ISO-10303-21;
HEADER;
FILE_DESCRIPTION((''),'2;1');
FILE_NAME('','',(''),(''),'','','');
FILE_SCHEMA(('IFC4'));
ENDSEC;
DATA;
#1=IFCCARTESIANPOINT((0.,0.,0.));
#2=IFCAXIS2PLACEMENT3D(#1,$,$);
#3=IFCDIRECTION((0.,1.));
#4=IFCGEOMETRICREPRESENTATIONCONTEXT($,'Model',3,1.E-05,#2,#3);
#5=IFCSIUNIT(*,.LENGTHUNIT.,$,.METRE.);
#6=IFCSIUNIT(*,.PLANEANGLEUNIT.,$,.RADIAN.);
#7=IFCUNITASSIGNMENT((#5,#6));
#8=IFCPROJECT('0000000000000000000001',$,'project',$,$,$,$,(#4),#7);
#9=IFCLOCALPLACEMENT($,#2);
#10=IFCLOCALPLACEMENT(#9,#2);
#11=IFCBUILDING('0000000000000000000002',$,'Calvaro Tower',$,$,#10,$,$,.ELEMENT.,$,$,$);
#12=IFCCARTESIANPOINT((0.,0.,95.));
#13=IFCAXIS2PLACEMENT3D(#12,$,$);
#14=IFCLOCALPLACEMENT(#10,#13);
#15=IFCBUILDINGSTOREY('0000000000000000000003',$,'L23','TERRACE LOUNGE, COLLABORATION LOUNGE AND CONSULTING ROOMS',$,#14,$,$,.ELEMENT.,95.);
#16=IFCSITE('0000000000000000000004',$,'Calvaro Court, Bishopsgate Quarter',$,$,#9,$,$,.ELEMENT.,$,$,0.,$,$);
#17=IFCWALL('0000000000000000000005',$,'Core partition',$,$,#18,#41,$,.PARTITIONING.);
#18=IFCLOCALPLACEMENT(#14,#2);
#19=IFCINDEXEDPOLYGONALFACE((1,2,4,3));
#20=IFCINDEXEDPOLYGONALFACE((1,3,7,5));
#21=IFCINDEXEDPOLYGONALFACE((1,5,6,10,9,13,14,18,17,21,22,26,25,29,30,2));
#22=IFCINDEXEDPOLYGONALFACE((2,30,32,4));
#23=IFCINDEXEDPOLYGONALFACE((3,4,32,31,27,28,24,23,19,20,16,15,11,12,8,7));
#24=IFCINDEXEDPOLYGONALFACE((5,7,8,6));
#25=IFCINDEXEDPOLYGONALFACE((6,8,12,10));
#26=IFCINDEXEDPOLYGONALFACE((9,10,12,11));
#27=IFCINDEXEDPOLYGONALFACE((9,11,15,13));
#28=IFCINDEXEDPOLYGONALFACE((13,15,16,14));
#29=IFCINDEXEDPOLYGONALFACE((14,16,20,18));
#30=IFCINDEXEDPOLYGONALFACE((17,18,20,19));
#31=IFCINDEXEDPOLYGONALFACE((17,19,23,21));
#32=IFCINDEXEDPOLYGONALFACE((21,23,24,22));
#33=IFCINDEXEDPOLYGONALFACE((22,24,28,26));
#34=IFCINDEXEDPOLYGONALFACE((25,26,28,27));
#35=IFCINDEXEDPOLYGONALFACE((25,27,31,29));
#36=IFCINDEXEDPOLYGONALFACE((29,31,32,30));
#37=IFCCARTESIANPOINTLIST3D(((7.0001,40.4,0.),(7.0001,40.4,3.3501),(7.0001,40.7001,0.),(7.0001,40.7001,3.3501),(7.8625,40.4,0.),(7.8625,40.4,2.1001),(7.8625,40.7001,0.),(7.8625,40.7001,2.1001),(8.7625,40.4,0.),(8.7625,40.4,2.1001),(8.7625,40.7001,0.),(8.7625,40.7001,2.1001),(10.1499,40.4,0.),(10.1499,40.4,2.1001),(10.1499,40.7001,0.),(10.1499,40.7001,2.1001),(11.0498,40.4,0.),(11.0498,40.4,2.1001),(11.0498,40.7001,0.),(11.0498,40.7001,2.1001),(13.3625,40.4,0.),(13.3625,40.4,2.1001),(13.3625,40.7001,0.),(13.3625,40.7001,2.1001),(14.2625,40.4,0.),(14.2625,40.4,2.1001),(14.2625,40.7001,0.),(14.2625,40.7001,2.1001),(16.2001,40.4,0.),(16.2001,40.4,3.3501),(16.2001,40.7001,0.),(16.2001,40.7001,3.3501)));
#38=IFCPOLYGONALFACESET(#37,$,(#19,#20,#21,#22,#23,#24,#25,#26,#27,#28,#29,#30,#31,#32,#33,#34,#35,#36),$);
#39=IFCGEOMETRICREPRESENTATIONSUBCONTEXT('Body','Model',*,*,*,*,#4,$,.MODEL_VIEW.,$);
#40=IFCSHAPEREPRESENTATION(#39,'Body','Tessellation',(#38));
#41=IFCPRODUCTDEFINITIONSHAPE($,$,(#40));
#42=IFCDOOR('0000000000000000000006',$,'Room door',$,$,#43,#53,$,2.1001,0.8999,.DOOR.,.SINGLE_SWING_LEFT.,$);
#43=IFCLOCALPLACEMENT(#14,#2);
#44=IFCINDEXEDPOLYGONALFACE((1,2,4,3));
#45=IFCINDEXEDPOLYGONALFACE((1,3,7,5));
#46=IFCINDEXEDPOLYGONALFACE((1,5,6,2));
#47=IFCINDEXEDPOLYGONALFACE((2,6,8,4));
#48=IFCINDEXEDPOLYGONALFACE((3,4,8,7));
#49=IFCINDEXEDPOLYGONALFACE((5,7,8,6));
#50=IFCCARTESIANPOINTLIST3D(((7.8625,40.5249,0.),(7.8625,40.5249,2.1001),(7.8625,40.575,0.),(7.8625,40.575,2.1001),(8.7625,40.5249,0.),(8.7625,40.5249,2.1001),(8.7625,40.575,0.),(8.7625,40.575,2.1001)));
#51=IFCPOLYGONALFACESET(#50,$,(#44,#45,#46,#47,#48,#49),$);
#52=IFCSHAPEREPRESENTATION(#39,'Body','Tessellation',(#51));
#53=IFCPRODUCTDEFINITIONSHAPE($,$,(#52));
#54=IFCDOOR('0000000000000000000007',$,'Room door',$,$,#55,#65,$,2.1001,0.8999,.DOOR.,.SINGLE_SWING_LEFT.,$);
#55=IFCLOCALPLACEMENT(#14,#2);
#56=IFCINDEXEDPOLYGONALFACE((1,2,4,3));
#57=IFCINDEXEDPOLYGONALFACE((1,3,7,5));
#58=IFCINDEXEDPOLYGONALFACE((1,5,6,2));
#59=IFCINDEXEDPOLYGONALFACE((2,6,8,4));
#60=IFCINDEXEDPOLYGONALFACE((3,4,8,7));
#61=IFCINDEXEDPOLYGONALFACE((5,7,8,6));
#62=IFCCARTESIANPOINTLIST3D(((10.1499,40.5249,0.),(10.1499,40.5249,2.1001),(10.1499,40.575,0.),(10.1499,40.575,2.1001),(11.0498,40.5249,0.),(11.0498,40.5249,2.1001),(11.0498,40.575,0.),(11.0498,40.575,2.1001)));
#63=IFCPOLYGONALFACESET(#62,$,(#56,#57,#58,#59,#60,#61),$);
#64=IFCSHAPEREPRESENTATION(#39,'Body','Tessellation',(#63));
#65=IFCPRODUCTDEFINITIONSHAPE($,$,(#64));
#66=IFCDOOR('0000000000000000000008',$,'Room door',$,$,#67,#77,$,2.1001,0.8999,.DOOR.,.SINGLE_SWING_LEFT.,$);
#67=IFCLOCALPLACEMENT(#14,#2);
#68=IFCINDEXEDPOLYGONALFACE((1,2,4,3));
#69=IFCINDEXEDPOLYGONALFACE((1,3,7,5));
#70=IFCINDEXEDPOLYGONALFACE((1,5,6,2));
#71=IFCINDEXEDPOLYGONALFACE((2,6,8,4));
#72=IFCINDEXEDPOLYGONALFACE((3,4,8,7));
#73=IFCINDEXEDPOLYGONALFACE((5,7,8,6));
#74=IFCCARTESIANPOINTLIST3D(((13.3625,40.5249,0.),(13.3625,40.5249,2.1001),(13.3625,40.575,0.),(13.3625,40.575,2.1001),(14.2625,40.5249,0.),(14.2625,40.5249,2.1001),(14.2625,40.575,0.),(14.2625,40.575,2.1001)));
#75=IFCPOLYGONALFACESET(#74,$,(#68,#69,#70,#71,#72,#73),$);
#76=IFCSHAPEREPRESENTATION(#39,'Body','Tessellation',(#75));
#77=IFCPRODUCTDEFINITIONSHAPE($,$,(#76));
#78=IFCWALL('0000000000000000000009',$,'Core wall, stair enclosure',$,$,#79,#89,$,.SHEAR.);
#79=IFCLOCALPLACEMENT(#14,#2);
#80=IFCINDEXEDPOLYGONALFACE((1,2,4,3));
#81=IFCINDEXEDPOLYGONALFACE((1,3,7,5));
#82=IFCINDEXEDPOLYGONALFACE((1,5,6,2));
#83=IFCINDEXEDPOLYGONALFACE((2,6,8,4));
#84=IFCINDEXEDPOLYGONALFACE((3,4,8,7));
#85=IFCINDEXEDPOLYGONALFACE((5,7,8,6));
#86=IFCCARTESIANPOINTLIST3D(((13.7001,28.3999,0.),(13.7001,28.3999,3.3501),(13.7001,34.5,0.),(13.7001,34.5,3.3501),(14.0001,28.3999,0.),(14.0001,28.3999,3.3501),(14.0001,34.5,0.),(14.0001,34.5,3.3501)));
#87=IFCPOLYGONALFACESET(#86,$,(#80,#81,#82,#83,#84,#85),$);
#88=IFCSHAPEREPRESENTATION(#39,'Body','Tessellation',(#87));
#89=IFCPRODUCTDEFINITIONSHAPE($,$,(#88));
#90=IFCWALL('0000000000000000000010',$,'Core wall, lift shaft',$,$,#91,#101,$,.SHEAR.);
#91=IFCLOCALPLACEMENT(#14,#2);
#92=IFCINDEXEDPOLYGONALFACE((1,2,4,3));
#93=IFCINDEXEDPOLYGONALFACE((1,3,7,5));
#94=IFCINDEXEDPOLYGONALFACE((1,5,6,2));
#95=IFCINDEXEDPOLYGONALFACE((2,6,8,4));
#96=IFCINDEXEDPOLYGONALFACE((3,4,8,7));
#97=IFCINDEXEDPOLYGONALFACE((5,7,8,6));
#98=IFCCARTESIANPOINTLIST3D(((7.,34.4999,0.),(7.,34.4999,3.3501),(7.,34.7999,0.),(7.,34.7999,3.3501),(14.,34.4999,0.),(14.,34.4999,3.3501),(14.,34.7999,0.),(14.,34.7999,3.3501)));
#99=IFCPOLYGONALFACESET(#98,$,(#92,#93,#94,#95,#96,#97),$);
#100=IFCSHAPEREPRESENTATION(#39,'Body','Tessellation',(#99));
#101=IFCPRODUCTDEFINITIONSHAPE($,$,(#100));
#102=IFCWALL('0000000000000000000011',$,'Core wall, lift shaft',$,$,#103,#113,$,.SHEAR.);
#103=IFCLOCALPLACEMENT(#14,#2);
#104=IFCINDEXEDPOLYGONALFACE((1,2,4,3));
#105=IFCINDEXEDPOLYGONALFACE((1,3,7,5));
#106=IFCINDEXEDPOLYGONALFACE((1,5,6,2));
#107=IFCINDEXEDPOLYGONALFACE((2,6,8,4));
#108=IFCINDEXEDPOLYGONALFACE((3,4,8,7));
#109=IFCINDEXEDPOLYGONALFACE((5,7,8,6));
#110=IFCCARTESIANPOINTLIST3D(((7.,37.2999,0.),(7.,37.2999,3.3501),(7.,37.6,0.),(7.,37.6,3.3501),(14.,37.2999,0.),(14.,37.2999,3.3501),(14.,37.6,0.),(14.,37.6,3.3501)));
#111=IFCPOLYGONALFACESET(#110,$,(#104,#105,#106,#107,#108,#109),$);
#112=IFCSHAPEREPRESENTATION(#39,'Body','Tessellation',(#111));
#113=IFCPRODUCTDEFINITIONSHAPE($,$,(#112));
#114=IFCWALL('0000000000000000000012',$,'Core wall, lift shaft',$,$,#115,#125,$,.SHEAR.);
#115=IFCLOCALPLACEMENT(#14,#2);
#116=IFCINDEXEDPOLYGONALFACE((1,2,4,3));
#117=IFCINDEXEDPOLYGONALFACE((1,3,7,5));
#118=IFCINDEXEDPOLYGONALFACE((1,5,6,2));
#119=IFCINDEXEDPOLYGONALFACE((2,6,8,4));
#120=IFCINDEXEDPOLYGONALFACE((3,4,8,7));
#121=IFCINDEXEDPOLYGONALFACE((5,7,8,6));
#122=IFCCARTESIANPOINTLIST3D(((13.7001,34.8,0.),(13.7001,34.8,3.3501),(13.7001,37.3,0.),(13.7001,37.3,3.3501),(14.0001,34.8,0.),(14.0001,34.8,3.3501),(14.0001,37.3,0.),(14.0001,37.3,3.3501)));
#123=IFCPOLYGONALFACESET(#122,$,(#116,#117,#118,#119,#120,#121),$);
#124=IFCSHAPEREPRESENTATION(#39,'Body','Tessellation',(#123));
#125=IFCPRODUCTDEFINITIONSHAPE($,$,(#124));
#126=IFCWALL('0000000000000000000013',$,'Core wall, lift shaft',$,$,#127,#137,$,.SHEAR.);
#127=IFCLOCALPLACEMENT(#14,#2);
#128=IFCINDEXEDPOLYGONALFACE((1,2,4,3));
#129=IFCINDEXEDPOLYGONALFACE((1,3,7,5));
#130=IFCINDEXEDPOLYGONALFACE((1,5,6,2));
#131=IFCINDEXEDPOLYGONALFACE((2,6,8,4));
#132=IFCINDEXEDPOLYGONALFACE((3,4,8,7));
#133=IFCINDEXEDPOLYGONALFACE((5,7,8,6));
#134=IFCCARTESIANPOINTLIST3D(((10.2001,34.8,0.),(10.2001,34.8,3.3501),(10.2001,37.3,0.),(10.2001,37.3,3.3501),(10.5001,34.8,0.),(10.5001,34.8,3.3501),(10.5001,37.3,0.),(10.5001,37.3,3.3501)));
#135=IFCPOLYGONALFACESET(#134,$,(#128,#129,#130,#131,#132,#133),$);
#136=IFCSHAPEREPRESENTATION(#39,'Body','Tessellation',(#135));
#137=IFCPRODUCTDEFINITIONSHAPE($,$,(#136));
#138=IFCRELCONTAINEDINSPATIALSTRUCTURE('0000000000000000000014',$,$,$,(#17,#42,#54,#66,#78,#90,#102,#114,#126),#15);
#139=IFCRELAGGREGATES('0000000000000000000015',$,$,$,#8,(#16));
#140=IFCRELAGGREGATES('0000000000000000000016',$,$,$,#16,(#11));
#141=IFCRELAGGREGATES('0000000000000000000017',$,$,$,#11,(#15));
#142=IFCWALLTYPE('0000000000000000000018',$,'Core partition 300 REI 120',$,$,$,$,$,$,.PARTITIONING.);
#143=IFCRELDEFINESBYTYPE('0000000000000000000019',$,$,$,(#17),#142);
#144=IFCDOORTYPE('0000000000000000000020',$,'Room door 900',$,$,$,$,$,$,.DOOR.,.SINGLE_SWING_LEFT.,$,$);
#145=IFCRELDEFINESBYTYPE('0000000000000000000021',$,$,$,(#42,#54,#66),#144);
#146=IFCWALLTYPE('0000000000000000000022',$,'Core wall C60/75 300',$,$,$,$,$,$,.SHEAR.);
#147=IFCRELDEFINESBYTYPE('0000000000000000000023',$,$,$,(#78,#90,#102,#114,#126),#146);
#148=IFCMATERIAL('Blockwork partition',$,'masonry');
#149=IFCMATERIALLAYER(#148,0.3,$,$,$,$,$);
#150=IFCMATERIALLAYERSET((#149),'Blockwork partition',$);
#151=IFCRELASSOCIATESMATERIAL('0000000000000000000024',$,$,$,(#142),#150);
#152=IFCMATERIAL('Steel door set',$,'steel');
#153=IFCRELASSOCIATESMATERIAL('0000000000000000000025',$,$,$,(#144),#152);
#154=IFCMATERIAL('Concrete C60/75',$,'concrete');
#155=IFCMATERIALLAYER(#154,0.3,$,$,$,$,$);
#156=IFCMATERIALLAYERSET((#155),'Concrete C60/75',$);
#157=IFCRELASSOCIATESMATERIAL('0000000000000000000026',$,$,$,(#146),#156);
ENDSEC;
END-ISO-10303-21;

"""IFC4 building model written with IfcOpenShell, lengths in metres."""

from ifc_helpers import new_model, si_unit, direction, frame, frame_2d, origin, place, context, subcontext, project, spatial, rectangle, extrude, material, layer, layer_set, type_object, element, fill, save


model = new_model("IFC4")

# Units and contexts
model_context = context("Model", 3, precision=1e-05, world=origin(), true_north=direction((0.0, 1.0)))
body_context = subcontext(model_context, "Body", "Model", "MODEL_VIEW")
ifc_project = project(units=[si_unit("LENGTHUNIT", "METRE"), si_unit("PLANEANGLEUNIT", "RADIAN")], contexts=[model_context])

# Site, building, storey
site_placement = place(None, origin())
site = spatial("IfcSite", under=ifc_project, at=site_placement, Name="Calvaro Court, Bishopsgate Quarter", CompositionType="ELEMENT", RefElevation=0.0)
building_placement = place(site_placement, origin())
building = spatial("IfcBuilding", under=site, at=building_placement, Name="Calvaro Tower", CompositionType="ELEMENT")
storey_placement = place(building_placement, frame((0.0, 0.0, 95.0)))
storey = spatial("IfcBuildingStorey", under=building, at=storey_placement, Name="L23", Description="TERRACE LOUNGE, COLLABORATION LOUNGE AND CONSULTING ROOMS", CompositionType="ELEMENT", Elevation=95.0)

# Wall, openings, doors
ifc_material_1 = material(Name="Blockwork partition", Category="masonry")
ifc_layer_1 = layer(ifc_material_1, 0.3)
ifc_layer_set_1 = layer_set([ifc_layer_1], Name="Blockwork partition")
wall_type_1 = type_object("IfcWallType", Name="Core partition 300 REI 120", PredefinedType="PARTITIONING", material=ifc_layer_set_1)
wall_1_placement = place(storey_placement, frame((7.0, 40.55, 0.0), z_axis=(0.0, 0.0, 1.0), x_axis=(1.0, 0.0, 0.0)))
wall_1 = element("IfcWall", 1, at=wall_1_placement, inside=storey, type_object=wall_type_1, Name="Core partition", PredefinedType="PARTITIONING", context=body_context, shape_type="SweptSolid", body=[
    extrude(rectangle(XDim=9.2, YDim=0.3, at=frame_2d((4.6001, 0.0))), origin(), (0.0, 0.0, 1.0), 3.3501),
])
opening_1_placement = place(wall_1_placement, frame((0.8625, 0.0, 0.0)))
opening_1 = element("IfcOpeningElement", 2, at=opening_1_placement, cuts=wall_1, PredefinedType="OPENING", context=body_context, shape_type="SweptSolid", body=[
    extrude(rectangle(XDim=0.8999, YDim=2.1001, at=frame_2d((0.45, 1.05))), frame((0.0, 0.1599, 0.0), z_axis=(0.0, -1.0, 0.0), x_axis=(1.0, 0.0, 0.0)), (0.0, 0.0, 1.0), 0.3201),
])
opening_2_placement = place(wall_1_placement, frame((3.1499, 0.0, 0.0)))
opening_2 = element("IfcOpeningElement", 3, at=opening_2_placement, cuts=wall_1, PredefinedType="OPENING", context=body_context, shape_type="SweptSolid", body=[
    extrude(rectangle(XDim=0.8999, YDim=2.1001, at=frame_2d((0.45, 1.05))), frame((0.0, 0.1599, 0.0), z_axis=(0.0, -1.0, 0.0), x_axis=(1.0, 0.0, 0.0)), (0.0, 0.0, 1.0), 0.3201),
])
opening_3_placement = place(wall_1_placement, frame((6.3625, 0.0, 0.0)))
opening_3 = element("IfcOpeningElement", 4, at=opening_3_placement, cuts=wall_1, PredefinedType="OPENING", context=body_context, shape_type="SweptSolid", body=[
    extrude(rectangle(XDim=0.8999, YDim=2.1001, at=frame_2d((0.45, 1.05))), frame((0.0, 0.1599, 0.0), z_axis=(0.0, -1.0, 0.0), x_axis=(1.0, 0.0, 0.0)), (0.0, 0.0, 1.0), 0.3201),
])
ifc_material_2 = material(Name="Steel door set", Category="steel")
door_type = type_object("IfcDoorType", Name="Room door 900", OperationType="SINGLE_SWING_LEFT", PredefinedType="DOOR", material=ifc_material_2)
door_1_placement = place(opening_1_placement, origin())
door_1 = element("IfcDoor", 5, at=door_1_placement, inside=storey, type_object=door_type, Name="Room door", OperationType="SINGLE_SWING_LEFT", OverallHeight=2.1001, OverallWidth=0.8999, PredefinedType="DOOR", context=body_context, shape_type="SweptSolid", body=[
    extrude(rectangle(XDim=0.8999, YDim=2.1001, at=frame_2d((0.45, 1.05))), frame((0.0, 0.0249, 0.0), z_axis=(0.0, -1.0, 0.0), x_axis=(1.0, 0.0, 0.0)), (0.0, 0.0, 1.0), 0.05),
])
fill(opening_1, door_1)
door_2_placement = place(opening_2_placement, origin())
door_2 = element("IfcDoor", 6, at=door_2_placement, inside=storey, type_object=door_type, Name="Room door", OperationType="SINGLE_SWING_LEFT", OverallHeight=2.1001, OverallWidth=0.8999, PredefinedType="DOOR", context=body_context, shape_type="SweptSolid", body=[
    extrude(rectangle(XDim=0.8999, YDim=2.1001, at=frame_2d((0.45, 1.05))), frame((0.0, 0.0249, 0.0), z_axis=(0.0, -1.0, 0.0), x_axis=(1.0, 0.0, 0.0)), (0.0, 0.0, 1.0), 0.05),
])
fill(opening_2, door_2)
door_3_placement = place(opening_3_placement, origin())
door_3 = element("IfcDoor", 7, at=door_3_placement, inside=storey, type_object=door_type, Name="Room door", OperationType="SINGLE_SWING_LEFT", OverallHeight=2.1001, OverallWidth=0.8999, PredefinedType="DOOR", context=body_context, shape_type="SweptSolid", body=[
    extrude(rectangle(XDim=0.8999, YDim=2.1001, at=frame_2d((0.45, 1.05))), frame((0.0, 0.0249, 0.0), z_axis=(0.0, -1.0, 0.0), x_axis=(1.0, 0.0, 0.0)), (0.0, 0.0, 1.0), 0.05),
])
fill(opening_3, door_3)

# Walls
ifc_material_3 = material(Name="Concrete C60/75", Category="concrete")
ifc_layer_2 = layer(ifc_material_3, 0.3)
ifc_layer_set_2 = layer_set([ifc_layer_2], Name="Concrete C60/75")
wall_type_2 = type_object("IfcWallType", Name="Core wall C60/75 300", PredefinedType="SHEAR", material=ifc_layer_set_2)
wall_2_placement = place(storey_placement, frame((13.8501, 28.3999, 0.0), z_axis=(0.0, 0.0, 1.0), x_axis=(0.0, 1.0, 0.0)))
element("IfcWall", 8, at=wall_2_placement, inside=storey, type_object=wall_type_2, Name="Core wall, stair enclosure", PredefinedType="SHEAR", context=body_context, shape_type="SweptSolid", body=[
    extrude(rectangle(XDim=6.1001, YDim=0.3, at=frame_2d((3.05, 0.0))), origin(), (0.0, 0.0, 1.0), 3.3501),
])
for number, where, z_axis, x_axis, name in (
    (9, (7.0, 34.6499, 0.0), (0.0, 0.0, 1.0), (1.0, 0.0, 0.0), "Core wall, lift shaft"),
    (10, (7.0, 37.45, 0.0), (0.0, 0.0, 1.0), (1.0, 0.0, 0.0), "Core wall, lift shaft"),
):
    element("IfcWall", number, at=place(storey_placement, frame(where, z_axis=z_axis, x_axis=x_axis)), inside=storey, type_object=wall_type_2, Name=name, PredefinedType="SHEAR", context=body_context, shape_type="SweptSolid", body=[
        extrude(rectangle(XDim=7.0, YDim=0.3, at=frame_2d((3.5, 0.0))), origin(), (0.0, 0.0, 1.0), 3.3501),
    ])
for number, where, z_axis, x_axis, name in (
    (11, (13.8501, 34.8, 0.0), (0.0, 0.0, 1.0), (0.0, 1.0, 0.0), "Core wall, lift shaft"),
    (12, (10.3501, 34.8, 0.0), (0.0, 0.0, 1.0), (0.0, 1.0, 0.0), "Core wall, lift shaft"),
):
    element("IfcWall", number, at=place(storey_placement, frame(where, z_axis=z_axis, x_axis=x_axis)), inside=storey, type_object=wall_type_2, Name=name, PredefinedType="SHEAR", context=body_context, shape_type="SweptSolid", body=[
        extrude(rectangle(XDim=2.5, YDim=0.3, at=frame_2d((1.25, 0.0))), origin(), (0.0, 0.0, 1.0), 3.3501),
    ])

save(model, "model.ifc")
